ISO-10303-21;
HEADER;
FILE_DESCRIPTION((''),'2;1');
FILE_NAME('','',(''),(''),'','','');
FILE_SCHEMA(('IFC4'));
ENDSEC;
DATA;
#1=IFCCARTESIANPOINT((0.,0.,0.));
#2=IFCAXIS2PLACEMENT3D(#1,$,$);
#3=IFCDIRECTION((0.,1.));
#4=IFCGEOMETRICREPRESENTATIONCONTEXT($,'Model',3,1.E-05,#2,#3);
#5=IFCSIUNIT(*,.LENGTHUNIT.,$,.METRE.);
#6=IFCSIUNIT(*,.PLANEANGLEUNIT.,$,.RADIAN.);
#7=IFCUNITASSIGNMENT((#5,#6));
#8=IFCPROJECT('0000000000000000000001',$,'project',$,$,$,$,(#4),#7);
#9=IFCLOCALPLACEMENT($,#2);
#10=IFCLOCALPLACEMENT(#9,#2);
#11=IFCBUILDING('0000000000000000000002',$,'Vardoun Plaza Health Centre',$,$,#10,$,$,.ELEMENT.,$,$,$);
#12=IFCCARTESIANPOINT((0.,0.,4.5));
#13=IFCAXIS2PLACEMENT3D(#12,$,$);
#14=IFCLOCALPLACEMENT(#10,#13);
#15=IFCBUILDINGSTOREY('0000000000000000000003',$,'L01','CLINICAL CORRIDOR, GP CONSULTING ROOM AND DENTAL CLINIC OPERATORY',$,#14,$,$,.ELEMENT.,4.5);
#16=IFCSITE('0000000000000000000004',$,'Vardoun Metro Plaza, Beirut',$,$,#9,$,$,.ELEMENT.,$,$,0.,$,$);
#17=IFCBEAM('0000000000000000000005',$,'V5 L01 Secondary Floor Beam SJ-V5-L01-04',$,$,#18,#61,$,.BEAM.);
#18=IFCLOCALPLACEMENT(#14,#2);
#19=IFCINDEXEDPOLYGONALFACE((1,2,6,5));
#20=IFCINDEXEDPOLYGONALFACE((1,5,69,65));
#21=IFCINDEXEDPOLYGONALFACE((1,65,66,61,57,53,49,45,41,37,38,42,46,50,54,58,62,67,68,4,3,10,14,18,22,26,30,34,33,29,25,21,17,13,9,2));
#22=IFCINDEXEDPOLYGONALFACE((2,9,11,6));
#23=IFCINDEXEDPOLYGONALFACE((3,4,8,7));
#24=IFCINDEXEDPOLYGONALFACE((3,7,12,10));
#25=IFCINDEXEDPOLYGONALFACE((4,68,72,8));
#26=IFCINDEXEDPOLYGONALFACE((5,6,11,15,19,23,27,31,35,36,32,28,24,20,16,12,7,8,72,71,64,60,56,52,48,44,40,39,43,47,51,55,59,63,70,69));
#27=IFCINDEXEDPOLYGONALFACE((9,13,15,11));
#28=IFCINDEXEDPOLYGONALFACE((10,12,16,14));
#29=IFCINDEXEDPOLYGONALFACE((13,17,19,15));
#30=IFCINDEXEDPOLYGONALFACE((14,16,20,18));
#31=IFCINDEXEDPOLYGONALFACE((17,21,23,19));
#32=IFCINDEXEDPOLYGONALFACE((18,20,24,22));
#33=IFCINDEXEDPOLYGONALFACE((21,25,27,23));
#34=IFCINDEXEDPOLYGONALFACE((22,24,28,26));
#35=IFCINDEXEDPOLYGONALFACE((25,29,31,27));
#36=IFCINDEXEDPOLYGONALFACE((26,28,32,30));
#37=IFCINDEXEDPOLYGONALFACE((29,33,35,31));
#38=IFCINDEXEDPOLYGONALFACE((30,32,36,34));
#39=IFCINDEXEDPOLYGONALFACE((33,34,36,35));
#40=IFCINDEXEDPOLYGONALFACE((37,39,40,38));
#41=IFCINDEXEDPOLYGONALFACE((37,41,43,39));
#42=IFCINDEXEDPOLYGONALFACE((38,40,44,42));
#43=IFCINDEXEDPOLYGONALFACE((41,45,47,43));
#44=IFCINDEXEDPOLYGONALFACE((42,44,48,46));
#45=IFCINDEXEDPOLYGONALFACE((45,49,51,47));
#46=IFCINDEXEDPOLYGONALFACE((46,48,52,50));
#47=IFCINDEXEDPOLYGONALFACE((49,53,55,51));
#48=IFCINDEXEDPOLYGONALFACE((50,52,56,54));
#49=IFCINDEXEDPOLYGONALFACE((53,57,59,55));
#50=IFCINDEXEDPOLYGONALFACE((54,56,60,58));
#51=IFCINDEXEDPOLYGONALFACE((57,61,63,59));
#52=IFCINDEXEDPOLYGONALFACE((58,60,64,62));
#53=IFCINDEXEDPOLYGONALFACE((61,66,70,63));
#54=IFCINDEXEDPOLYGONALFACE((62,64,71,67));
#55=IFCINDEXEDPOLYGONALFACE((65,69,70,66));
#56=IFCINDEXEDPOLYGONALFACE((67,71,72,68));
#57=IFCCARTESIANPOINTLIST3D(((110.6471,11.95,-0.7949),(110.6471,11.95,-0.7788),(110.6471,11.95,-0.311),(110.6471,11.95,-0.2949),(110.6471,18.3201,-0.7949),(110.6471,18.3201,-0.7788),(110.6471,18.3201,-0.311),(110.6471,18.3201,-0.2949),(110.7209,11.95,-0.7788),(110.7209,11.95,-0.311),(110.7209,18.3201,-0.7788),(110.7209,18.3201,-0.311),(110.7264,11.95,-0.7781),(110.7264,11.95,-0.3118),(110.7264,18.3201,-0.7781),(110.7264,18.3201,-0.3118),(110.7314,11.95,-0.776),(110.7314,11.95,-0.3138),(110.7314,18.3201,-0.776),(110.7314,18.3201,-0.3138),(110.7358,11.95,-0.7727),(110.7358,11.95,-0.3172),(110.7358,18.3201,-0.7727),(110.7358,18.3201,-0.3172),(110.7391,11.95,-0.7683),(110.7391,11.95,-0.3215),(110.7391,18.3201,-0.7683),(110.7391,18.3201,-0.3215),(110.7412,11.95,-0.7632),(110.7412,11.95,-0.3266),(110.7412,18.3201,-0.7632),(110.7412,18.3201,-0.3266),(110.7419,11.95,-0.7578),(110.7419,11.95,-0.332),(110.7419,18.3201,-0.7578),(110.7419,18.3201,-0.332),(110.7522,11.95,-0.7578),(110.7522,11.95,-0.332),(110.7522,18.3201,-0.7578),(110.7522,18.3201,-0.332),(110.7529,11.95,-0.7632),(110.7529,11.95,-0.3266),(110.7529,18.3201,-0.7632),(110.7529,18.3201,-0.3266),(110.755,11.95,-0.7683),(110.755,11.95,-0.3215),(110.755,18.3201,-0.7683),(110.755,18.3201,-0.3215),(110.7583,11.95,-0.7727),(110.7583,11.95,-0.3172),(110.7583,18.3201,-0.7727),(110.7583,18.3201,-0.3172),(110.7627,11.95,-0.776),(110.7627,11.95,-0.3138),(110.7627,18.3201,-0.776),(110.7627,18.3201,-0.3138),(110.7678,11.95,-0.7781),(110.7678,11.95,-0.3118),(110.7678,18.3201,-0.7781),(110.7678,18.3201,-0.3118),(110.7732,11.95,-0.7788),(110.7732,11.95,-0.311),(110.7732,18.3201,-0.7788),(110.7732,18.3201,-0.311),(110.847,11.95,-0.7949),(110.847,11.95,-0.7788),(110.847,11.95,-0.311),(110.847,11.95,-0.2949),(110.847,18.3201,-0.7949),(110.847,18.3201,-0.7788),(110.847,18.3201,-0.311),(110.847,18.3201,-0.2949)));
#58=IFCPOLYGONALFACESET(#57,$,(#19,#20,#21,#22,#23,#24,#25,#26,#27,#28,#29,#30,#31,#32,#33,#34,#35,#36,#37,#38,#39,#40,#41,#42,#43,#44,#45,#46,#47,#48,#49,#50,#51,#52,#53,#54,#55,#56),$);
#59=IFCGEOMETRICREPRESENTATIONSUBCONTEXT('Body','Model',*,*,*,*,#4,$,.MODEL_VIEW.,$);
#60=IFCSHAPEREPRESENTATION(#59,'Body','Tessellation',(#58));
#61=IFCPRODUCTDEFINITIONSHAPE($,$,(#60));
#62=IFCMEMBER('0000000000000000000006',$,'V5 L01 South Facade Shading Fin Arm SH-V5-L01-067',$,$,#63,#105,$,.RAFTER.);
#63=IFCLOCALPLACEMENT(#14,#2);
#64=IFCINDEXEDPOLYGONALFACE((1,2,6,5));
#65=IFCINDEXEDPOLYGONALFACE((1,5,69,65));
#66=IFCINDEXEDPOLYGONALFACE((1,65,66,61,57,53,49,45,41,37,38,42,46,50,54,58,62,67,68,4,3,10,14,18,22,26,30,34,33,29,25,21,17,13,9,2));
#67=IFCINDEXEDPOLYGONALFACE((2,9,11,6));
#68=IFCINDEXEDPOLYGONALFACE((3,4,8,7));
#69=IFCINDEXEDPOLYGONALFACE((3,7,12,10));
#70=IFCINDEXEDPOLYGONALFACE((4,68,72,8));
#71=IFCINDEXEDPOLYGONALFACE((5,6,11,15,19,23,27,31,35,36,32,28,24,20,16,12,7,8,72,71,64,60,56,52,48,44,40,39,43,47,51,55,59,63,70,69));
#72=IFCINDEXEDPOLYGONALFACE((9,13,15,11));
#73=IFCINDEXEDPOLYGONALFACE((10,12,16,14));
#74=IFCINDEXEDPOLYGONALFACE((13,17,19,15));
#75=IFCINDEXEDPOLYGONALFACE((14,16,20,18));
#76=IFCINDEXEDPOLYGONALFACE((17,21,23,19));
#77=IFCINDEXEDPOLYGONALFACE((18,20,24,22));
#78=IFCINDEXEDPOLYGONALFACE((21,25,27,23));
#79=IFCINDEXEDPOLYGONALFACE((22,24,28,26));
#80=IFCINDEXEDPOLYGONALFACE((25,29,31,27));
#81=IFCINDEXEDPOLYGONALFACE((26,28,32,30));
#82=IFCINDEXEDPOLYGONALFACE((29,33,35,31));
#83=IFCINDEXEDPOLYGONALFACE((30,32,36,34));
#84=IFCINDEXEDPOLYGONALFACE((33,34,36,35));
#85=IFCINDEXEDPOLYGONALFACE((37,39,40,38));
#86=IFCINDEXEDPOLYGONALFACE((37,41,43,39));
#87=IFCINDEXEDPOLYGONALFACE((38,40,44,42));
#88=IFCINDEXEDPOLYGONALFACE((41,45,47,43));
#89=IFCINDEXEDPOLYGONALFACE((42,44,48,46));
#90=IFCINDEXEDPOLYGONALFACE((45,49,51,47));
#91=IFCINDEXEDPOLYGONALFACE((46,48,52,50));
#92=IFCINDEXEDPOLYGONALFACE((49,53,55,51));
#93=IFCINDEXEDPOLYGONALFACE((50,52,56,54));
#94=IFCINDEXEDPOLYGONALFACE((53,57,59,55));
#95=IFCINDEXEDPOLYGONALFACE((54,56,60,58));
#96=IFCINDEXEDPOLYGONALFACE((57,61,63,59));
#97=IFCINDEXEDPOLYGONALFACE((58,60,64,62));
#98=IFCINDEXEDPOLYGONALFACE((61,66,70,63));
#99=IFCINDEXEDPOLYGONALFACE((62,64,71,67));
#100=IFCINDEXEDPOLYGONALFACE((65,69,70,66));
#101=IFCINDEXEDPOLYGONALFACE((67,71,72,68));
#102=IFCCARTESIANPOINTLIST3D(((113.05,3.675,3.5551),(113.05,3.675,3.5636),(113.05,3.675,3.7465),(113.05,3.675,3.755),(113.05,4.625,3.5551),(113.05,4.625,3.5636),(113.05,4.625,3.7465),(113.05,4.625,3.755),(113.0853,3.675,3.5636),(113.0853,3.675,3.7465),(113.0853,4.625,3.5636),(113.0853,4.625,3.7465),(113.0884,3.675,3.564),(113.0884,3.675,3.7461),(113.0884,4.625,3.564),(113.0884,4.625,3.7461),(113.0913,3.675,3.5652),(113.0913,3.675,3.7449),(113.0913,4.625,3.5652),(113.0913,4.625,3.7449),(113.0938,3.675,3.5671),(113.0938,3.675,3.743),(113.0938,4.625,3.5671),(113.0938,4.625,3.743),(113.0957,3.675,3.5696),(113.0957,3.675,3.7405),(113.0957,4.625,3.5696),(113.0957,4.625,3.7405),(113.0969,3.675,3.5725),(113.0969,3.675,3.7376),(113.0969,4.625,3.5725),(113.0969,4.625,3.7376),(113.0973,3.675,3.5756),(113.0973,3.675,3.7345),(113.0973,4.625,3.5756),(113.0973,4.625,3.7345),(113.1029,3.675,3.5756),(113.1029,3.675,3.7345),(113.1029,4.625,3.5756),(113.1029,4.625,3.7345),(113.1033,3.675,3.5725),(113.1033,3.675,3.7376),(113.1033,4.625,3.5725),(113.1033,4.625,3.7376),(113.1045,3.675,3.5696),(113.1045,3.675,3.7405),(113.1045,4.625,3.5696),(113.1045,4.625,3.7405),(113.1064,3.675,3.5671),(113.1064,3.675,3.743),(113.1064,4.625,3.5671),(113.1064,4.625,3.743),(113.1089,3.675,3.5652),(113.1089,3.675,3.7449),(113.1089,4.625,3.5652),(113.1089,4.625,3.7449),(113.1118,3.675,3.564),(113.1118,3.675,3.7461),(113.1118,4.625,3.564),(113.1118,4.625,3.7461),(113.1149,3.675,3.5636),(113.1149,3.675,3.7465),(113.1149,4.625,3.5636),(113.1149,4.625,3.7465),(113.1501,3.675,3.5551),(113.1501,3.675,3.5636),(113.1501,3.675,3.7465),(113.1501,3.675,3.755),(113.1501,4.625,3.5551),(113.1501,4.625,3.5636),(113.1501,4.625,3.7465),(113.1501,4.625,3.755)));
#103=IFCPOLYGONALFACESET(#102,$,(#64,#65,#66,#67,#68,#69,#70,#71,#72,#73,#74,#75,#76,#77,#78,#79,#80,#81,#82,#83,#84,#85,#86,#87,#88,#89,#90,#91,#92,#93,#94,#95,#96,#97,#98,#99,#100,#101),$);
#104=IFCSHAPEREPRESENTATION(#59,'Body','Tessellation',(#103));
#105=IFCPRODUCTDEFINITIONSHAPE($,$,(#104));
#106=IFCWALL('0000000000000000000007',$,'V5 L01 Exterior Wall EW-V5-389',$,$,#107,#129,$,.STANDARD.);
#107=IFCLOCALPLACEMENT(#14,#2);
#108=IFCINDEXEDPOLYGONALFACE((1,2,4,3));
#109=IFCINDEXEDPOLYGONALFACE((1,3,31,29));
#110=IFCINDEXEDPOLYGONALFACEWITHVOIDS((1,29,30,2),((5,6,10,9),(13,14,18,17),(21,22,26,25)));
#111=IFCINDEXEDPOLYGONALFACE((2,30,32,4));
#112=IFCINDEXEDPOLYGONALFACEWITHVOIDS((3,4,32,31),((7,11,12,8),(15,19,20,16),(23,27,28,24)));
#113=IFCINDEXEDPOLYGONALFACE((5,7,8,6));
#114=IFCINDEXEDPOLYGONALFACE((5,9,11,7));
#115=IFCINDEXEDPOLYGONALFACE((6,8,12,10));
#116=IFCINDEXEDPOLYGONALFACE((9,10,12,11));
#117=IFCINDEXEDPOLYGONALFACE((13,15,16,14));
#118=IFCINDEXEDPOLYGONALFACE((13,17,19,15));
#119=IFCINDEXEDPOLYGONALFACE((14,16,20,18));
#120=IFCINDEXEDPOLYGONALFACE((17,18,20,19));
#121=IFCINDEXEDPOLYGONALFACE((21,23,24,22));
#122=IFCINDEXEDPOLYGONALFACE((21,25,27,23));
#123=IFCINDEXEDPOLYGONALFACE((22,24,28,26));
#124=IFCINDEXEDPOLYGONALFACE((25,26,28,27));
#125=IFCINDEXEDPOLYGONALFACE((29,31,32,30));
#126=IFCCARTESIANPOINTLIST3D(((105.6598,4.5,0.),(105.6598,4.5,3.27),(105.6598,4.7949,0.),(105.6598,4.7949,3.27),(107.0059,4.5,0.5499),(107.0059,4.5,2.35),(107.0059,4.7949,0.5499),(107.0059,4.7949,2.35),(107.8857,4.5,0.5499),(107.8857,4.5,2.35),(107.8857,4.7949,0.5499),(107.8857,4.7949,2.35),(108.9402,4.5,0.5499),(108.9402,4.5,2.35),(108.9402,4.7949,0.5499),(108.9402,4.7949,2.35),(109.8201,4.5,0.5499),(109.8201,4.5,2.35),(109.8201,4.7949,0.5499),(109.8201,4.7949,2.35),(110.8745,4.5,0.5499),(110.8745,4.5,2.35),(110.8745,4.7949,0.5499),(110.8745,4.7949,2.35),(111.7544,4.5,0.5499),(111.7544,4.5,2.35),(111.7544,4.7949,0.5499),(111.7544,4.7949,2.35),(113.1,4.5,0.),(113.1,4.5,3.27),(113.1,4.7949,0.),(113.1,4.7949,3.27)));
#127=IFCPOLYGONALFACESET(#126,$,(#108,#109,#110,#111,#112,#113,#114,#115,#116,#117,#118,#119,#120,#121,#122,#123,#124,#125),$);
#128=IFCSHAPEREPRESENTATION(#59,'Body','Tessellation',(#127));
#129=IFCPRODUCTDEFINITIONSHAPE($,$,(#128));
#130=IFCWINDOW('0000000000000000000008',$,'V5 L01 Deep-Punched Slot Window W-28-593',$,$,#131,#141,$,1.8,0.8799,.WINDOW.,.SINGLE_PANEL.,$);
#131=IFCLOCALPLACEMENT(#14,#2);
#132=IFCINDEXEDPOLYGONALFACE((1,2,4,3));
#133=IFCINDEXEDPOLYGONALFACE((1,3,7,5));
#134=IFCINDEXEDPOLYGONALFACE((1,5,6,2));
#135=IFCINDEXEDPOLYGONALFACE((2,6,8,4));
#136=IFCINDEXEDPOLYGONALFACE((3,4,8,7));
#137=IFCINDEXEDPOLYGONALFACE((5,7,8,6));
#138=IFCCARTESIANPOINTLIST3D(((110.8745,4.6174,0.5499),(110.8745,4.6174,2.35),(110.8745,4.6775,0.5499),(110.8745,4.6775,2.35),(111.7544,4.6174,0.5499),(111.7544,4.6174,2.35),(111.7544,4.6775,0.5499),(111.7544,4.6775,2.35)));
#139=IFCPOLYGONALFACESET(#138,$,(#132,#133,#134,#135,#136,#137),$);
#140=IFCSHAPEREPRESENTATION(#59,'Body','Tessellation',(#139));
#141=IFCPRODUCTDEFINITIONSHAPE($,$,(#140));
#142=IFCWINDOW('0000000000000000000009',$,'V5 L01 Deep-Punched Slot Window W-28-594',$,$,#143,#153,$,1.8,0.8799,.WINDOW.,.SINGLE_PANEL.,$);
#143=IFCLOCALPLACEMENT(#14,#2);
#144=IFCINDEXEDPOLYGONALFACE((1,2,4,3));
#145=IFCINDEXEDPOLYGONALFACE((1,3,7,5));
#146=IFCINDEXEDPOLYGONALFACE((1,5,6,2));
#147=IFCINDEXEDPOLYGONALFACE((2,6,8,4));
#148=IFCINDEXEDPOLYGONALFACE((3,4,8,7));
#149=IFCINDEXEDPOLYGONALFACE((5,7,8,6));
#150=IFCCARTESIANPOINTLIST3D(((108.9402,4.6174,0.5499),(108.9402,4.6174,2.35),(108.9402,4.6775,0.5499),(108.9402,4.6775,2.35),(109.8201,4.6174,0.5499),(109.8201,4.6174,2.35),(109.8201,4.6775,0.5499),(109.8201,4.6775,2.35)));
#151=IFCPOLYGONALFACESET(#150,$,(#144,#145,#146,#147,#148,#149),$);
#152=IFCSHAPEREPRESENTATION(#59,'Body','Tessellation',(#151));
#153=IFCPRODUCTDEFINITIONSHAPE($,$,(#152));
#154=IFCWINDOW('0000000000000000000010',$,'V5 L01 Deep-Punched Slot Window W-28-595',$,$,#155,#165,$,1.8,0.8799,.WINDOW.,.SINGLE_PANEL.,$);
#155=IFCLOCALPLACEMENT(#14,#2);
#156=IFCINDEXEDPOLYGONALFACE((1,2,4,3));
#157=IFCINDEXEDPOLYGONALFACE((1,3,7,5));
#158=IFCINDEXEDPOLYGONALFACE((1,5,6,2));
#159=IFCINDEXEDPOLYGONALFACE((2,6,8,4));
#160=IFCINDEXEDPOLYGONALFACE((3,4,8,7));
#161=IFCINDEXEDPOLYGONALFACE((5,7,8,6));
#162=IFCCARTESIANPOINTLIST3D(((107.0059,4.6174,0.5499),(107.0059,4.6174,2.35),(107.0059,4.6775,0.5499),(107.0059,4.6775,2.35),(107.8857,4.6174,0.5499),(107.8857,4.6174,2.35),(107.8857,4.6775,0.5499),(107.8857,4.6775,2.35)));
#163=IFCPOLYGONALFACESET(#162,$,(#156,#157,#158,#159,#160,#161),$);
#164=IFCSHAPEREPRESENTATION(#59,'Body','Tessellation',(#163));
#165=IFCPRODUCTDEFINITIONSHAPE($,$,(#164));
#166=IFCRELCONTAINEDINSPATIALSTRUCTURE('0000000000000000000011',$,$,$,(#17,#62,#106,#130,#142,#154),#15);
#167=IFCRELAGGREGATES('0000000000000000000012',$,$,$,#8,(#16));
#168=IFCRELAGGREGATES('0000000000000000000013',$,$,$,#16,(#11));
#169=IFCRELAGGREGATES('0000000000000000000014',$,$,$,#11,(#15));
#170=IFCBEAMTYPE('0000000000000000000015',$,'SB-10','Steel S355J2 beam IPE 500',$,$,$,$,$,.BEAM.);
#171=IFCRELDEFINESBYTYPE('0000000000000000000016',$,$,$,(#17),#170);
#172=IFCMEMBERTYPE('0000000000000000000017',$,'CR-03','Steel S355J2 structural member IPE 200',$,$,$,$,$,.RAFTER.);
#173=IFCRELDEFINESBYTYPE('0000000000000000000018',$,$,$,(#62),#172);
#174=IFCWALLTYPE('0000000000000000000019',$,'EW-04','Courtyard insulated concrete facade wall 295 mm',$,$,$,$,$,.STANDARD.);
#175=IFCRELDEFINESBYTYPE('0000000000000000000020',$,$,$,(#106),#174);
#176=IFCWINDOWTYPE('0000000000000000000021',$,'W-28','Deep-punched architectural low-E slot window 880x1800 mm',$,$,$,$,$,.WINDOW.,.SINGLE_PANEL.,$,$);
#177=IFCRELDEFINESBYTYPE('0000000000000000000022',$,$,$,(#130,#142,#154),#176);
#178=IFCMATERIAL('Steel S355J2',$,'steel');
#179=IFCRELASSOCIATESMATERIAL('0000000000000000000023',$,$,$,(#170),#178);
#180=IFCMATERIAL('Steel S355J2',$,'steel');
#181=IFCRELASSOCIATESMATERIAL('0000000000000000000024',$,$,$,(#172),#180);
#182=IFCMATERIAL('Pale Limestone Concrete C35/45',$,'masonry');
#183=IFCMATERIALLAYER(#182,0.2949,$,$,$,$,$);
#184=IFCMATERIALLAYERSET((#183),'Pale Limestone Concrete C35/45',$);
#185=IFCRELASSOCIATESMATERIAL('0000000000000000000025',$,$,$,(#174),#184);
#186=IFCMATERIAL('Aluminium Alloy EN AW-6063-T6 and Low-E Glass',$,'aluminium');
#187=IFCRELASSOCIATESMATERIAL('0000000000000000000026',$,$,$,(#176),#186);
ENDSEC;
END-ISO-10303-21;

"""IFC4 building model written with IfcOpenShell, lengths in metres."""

from ifc_helpers import new_model, si_unit, direction, frame, frame_2d, origin, origin_2d, place, context, subcontext, project, spatial, rectangle, i_section, extrude, material, layer, layer_set, material_profile, profile_set, type_object, element, fill, save


model = new_model("IFC4")

# Units and contexts
model_context = context("Model", 3, precision=1e-05, world=origin(), true_north=direction((0.0, 1.0)))
body_context = subcontext(model_context, "Body", "Model", "MODEL_VIEW")
ifc_project = project(units=[si_unit("LENGTHUNIT", "METRE"), si_unit("PLANEANGLEUNIT", "RADIAN")], contexts=[model_context])

# Site, building, storey
site_placement = place(None, origin())
site = spatial("IfcSite", under=ifc_project, at=site_placement, Name="Vardoun Metro Plaza, Beirut", CompositionType="ELEMENT", RefElevation=0.0)
building_placement = place(site_placement, origin())
building = spatial("IfcBuilding", under=site, at=building_placement, Name="Vardoun Plaza Health Centre", CompositionType="ELEMENT")
storey_placement = place(building_placement, frame((0.0, 0.0, 4.5)))
storey = spatial("IfcBuildingStorey", under=building, at=storey_placement, Name="L01", Description="CLINICAL CORRIDOR, GP CONSULTING ROOM AND DENTAL CLINIC OPERATORY", CompositionType="ELEMENT", Elevation=4.5)

# Beam
ifc_material_1 = material(Name="Steel S355J2", Category="steel")
ifc_material_profile_1 = material_profile(ifc_material_1, i_section(OverallWidth=0.2, OverallDepth=0.5, WebThickness=0.0103, FlangeThickness=0.0161, FilletRadius=0.021, at=origin_2d()), Name="IPE 500")
ifc_profile_set_1 = profile_set([ifc_material_profile_1], Name="Steel S355J2")
beam_type_1 = type_object("IfcBeamType", Name="SB-10", Description="Steel S355J2 beam IPE 500", PredefinedType="BEAM", material=ifc_profile_set_1)
beam_1_placement = place(storey_placement, frame((110.7471, 11.95, -0.5449), z_axis=(0.0, 1.0, 0.0), x_axis=(-1.0, 0.0, 0.0)))
element("IfcBeam", 1, at=beam_1_placement, inside=storey, type_object=beam_type_1, Name="V5 L01 Secondary Floor Beam SJ-V5-L01-04", PredefinedType="BEAM", context=body_context, shape_type="SweptSolid", body=[
    extrude(i_section(OverallWidth=0.2, OverallDepth=0.5, WebThickness=0.0103, FlangeThickness=0.0161, FilletRadius=0.021, at=origin_2d()), origin(), (0.0, 0.0, 1.0), 6.3701),
])

# Member
ifc_material_2 = material(Name="Steel S355J2", Category="steel")
ifc_material_profile_2 = material_profile(ifc_material_2, i_section(OverallWidth=0.1001, OverallDepth=0.2, WebThickness=0.0056, FlangeThickness=0.0085, FilletRadius=0.012, at=origin_2d()), Name="IPE 200")
ifc_profile_set_2 = profile_set([ifc_material_profile_2], Name="Steel S355J2")
member_type = type_object("IfcMemberType", Name="CR-03", Description="Steel S355J2 structural member IPE 200", PredefinedType="RAFTER", material=ifc_profile_set_2)
member_placement = place(storey_placement, frame((113.1001, 4.625, 3.655), z_axis=(0.0, -1.0, 0.0), x_axis=(1.0, 0.0, 0.0)))
element("IfcMember", 2, at=member_placement, inside=storey, type_object=member_type, Name="V5 L01 South Facade Shading Fin Arm SH-V5-L01-067", PredefinedType="RAFTER", context=body_context, shape_type="SweptSolid", body=[
    extrude(i_section(OverallWidth=0.1001, OverallDepth=0.2, WebThickness=0.0056, FlangeThickness=0.0085, FilletRadius=0.012, at=origin_2d()), origin(), (0.0, 0.0, 1.0), 0.95),
])

# Wall, openings, windows
ifc_material_3 = material(Name="Pale Limestone Concrete C35/45", Category="masonry")
ifc_layer_1 = layer(ifc_material_3, 0.2949)
ifc_layer_set_1 = layer_set([ifc_layer_1], Name="Pale Limestone Concrete C35/45")
wall_type_1 = type_object("IfcWallType", Name="EW-04", Description="Courtyard insulated concrete facade wall 295 mm", PredefinedType="STANDARD", material=ifc_layer_set_1)
wall_1_placement = place(storey_placement, frame((113.1001, 4.6475, 0.0), z_axis=(0.0, 0.0, 1.0), x_axis=(-1.0, 0.0, 0.0)))
wall_1 = element("IfcWall", 3, at=wall_1_placement, inside=storey, type_object=wall_type_1, Name="V5 L01 Exterior Wall EW-V5-389", PredefinedType="STANDARD", context=body_context, shape_type="SweptSolid", body=[
    extrude(rectangle(XDim=7.4402, YDim=0.2949, at=frame_2d((3.7202, 0.0))), origin(), (0.0, 0.0, 1.0), 3.27),
])
opening_1_placement = place(wall_1_placement, frame((1.3457, 0.0, 0.55)))
opening_1 = element("IfcOpeningElement", 4, at=opening_1_placement, cuts=wall_1, PredefinedType="OPENING", context=body_context, shape_type="SweptSolid", body=[
    extrude(rectangle(XDim=0.8799, YDim=1.8, at=frame_2d((0.4399, 0.8999))), frame((0.0, 0.1475, 0.0), z_axis=(0.0, -1.0, 0.0), x_axis=(1.0, 0.0, 0.0)), (0.0, 0.0, 1.0), 0.2949),
])
opening_2_placement = place(wall_1_placement, frame((3.28, 0.0, 0.55)))
opening_2 = element("IfcOpeningElement", 5, at=opening_2_placement, cuts=wall_1, PredefinedType="OPENING", context=body_context, shape_type="SweptSolid", body=[
    extrude(rectangle(XDim=0.8799, YDim=1.8, at=frame_2d((0.4399, 0.8999))), frame((0.0, 0.1475, 0.0), z_axis=(0.0, -1.0, 0.0), x_axis=(1.0, 0.0, 0.0)), (0.0, 0.0, 1.0), 0.2949),
])
opening_3_placement = place(wall_1_placement, frame((5.2144, 0.0, 0.55)))
opening_3 = element("IfcOpeningElement", 6, at=opening_3_placement, cuts=wall_1, PredefinedType="OPENING", context=body_context, shape_type="SweptSolid", body=[
    extrude(rectangle(XDim=0.8799, YDim=1.8, at=frame_2d((0.4399, 0.8999))), frame((0.0, 0.1475, 0.0), z_axis=(0.0, -1.0, 0.0), x_axis=(1.0, 0.0, 0.0)), (0.0, 0.0, 1.0), 0.2949),
])
ifc_material_4 = material(Name="Aluminium Alloy EN AW-6063-T6 and Low-E Glass", Category="aluminium")
window_type = type_object("IfcWindowType", Name="W-28", Description="Deep-punched architectural low-E slot window 880x1800 mm", PartitioningType="SINGLE_PANEL", PredefinedType="WINDOW", material=ifc_material_4)
window_1_placement = place(opening_1_placement, origin())
window_1 = element("IfcWindow", 7, at=window_1_placement, inside=storey, type_object=window_type, Name="V5 L01 Deep-Punched Slot Window W-28-593", OverallHeight=1.8, OverallWidth=0.8799, PartitioningType="SINGLE_PANEL", PredefinedType="WINDOW", context=body_context, shape_type="SweptSolid", body=[
    extrude(rectangle(XDim=0.8799, YDim=1.8, at=frame_2d((0.4399, 0.8999))), frame((0.0, 0.03, 0.0), z_axis=(0.0, -1.0, 0.0), x_axis=(1.0, 0.0, 0.0)), (0.0, 0.0, 1.0), 0.0601),
])
fill(opening_1, window_1)
window_2_placement = place(opening_2_placement, origin())
window_2 = element("IfcWindow", 8, at=window_2_placement, inside=storey, type_object=window_type, Name="V5 L01 Deep-Punched Slot Window W-28-594", OverallHeight=1.8, OverallWidth=0.8799, PartitioningType="SINGLE_PANEL", PredefinedType="WINDOW", context=body_context, shape_type="SweptSolid", body=[
    extrude(rectangle(XDim=0.8799, YDim=1.8, at=frame_2d((0.4399, 0.8999))), frame((0.0, 0.03, 0.0), z_axis=(0.0, -1.0, 0.0), x_axis=(1.0, 0.0, 0.0)), (0.0, 0.0, 1.0), 0.0601),
])
fill(opening_2, window_2)
window_3_placement = place(opening_3_placement, origin())
window_3 = element("IfcWindow", 9, at=window_3_placement, inside=storey, type_object=window_type, Name="V5 L01 Deep-Punched Slot Window W-28-595", OverallHeight=1.8, OverallWidth=0.8799, PartitioningType="SINGLE_PANEL", PredefinedType="WINDOW", context=body_context, shape_type="SweptSolid", body=[
    extrude(rectangle(XDim=0.8799, YDim=1.8, at=frame_2d((0.4399, 0.8999))), frame((0.0, 0.03, 0.0), z_axis=(0.0, -1.0, 0.0), x_axis=(1.0, 0.0, 0.0)), (0.0, 0.0, 1.0), 0.0601),
])
fill(opening_3, window_3)

save(model, "model.ifc")
